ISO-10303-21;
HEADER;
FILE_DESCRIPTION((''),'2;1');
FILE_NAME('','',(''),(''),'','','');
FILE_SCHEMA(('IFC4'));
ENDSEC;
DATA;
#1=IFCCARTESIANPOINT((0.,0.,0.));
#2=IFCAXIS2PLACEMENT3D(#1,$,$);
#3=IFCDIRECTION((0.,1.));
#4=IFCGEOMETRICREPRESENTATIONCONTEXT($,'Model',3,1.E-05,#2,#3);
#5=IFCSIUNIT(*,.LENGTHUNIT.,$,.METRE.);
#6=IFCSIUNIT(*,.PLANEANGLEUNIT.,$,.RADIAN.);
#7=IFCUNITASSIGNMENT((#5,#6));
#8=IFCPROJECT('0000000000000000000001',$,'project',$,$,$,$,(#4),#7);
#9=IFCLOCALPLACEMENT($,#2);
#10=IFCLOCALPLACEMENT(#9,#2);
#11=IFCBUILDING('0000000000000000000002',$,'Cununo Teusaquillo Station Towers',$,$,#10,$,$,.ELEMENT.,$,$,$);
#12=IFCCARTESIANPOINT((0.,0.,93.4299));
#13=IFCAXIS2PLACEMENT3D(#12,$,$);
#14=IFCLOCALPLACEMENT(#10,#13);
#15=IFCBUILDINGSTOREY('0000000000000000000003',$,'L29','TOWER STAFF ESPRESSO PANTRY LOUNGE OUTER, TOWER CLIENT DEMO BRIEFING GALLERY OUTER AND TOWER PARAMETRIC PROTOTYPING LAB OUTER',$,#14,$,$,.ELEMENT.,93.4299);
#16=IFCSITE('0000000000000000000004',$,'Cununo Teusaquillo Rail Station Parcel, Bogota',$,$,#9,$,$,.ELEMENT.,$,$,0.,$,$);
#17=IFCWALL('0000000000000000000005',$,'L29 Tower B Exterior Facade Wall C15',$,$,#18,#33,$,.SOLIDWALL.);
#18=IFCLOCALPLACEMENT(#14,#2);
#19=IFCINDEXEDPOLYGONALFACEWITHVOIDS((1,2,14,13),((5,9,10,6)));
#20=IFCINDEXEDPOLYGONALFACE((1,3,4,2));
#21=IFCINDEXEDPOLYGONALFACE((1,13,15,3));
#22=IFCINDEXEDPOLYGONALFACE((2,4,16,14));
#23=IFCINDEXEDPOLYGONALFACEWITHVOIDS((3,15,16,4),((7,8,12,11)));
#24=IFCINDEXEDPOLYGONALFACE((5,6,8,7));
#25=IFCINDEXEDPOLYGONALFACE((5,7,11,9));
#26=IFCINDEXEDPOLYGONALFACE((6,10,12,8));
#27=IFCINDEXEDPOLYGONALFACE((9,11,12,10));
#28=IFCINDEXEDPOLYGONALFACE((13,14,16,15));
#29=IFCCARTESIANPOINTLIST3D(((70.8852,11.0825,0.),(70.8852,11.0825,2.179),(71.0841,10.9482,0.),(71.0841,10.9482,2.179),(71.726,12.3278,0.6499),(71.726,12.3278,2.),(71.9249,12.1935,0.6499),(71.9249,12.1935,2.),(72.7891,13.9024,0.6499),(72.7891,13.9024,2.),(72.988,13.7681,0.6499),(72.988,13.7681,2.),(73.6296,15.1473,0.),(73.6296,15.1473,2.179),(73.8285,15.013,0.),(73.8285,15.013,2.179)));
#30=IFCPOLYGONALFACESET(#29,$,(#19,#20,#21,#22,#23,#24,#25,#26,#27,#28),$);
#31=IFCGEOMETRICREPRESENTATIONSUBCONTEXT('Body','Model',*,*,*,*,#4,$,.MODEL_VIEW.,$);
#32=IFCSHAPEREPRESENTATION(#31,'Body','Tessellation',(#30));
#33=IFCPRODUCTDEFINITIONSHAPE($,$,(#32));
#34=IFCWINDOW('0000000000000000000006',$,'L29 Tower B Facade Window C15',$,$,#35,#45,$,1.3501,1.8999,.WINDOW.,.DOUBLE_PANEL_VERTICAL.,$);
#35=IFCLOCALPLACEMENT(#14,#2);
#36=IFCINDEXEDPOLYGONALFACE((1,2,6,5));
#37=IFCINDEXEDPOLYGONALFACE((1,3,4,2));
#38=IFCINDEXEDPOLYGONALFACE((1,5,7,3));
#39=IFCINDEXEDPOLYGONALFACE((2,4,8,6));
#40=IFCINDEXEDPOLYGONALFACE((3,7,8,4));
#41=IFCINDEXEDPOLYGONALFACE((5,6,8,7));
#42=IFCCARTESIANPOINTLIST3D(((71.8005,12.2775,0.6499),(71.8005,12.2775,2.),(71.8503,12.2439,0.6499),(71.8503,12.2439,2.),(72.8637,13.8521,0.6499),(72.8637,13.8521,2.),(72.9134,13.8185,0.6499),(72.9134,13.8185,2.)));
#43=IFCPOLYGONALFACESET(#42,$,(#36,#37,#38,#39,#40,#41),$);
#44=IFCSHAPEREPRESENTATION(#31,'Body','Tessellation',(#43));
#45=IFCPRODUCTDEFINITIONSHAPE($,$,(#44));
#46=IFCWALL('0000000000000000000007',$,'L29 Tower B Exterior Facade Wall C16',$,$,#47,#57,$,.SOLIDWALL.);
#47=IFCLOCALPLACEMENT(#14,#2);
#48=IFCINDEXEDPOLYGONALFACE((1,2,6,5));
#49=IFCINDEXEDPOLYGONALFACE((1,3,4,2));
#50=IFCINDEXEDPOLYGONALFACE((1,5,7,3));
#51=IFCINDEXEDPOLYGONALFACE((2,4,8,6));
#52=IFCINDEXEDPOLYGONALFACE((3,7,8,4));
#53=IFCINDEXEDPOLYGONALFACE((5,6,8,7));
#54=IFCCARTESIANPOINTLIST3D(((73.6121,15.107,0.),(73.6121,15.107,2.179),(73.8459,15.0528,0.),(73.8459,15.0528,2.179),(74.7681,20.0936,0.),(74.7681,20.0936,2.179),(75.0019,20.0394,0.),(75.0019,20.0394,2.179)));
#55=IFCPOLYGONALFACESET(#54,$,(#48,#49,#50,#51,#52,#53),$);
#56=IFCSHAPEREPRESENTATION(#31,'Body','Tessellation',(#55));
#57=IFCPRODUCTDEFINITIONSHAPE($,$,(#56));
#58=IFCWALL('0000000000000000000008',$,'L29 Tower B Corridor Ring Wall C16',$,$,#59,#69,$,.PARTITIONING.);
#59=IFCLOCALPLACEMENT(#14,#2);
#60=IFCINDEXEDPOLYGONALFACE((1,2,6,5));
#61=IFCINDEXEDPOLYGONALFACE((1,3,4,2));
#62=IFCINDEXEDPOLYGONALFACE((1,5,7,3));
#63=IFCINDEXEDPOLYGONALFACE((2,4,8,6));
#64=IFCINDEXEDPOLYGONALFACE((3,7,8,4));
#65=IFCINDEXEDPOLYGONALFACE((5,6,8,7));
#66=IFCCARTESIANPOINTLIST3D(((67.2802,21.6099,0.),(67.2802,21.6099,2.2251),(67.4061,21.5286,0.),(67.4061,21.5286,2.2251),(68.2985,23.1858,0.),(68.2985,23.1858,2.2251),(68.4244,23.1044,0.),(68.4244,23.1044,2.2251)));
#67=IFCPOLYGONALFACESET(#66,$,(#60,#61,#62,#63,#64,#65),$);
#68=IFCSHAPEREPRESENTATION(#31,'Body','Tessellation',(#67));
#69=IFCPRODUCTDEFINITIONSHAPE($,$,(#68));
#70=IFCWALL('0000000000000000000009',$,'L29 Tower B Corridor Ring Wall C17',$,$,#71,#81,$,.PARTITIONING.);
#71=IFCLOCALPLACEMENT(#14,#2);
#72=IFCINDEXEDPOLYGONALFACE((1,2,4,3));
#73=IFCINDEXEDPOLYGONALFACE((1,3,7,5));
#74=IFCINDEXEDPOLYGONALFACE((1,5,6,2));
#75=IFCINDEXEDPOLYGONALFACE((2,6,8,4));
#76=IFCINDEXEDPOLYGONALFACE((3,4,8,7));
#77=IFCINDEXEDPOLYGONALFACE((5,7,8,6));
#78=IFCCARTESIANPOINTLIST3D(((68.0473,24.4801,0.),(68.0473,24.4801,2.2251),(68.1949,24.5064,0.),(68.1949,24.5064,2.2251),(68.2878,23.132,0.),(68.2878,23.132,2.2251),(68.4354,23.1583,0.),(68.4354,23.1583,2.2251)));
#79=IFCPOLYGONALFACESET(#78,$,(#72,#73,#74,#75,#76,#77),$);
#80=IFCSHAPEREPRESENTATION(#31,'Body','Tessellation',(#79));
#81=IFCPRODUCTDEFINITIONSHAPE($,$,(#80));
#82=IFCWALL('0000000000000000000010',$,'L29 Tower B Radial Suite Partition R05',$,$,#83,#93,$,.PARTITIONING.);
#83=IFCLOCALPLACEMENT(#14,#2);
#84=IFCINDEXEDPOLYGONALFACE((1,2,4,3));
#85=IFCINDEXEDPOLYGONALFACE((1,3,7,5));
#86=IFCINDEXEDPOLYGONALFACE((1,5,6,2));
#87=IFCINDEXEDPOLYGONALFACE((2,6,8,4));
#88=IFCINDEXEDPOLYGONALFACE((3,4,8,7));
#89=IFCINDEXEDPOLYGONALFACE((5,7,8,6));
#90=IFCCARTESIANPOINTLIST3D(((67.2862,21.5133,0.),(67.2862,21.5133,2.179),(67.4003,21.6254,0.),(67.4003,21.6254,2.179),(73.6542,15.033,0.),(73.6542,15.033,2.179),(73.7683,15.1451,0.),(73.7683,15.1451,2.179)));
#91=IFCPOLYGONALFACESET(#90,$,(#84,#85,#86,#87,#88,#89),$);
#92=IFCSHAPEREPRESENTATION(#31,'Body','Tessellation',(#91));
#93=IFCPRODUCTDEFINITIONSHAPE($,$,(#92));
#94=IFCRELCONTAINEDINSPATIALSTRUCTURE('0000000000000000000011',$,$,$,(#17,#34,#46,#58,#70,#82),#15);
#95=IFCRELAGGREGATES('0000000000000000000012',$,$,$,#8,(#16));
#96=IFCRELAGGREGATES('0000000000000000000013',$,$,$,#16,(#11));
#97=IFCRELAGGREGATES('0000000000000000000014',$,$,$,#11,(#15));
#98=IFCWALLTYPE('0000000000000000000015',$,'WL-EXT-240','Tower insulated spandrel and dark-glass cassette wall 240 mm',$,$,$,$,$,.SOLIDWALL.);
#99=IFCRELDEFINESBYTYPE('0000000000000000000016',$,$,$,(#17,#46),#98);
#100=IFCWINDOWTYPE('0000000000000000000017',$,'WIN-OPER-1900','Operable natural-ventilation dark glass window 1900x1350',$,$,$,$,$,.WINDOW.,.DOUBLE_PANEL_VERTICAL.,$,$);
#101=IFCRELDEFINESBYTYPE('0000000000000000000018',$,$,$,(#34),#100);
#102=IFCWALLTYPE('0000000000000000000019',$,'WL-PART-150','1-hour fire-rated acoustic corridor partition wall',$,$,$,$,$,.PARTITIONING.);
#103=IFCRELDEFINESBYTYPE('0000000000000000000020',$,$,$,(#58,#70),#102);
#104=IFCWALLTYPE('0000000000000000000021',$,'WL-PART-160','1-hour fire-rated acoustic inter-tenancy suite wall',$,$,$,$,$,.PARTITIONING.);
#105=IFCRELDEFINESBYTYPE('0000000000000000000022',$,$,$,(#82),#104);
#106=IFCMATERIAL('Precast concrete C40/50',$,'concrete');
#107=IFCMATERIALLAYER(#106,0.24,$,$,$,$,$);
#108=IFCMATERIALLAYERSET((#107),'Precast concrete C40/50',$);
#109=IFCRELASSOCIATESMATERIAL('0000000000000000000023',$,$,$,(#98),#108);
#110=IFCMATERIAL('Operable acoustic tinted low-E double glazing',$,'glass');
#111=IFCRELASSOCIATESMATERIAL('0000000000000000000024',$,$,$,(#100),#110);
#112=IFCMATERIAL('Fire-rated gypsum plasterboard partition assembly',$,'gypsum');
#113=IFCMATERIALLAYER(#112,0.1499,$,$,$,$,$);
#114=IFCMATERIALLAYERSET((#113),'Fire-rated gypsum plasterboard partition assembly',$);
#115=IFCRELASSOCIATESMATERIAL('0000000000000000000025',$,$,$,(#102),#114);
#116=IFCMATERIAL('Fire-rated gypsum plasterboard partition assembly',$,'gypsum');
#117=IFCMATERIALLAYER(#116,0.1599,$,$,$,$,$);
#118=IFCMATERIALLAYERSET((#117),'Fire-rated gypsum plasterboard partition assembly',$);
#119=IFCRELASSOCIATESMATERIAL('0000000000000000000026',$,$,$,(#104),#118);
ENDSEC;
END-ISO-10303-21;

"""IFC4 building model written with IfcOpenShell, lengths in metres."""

from ifc_helpers import new_model, si_unit, direction, frame, frame_2d, origin, place, context, subcontext, project, spatial, rectangle, extrude, source, transform, mapped, material, layer, layer_set, type_object, element, fill, save


model = new_model("IFC4")

# Units and contexts
model_context = context("Model", 3, precision=1e-05, world=origin(), true_north=direction((0.0, 1.0)))
body_context = subcontext(model_context, "Body", "Model", "MODEL_VIEW")
ifc_project = project(units=[si_unit("LENGTHUNIT", "METRE"), si_unit("PLANEANGLEUNIT", "RADIAN")], contexts=[model_context])

# Site, building, storey
site_placement = place(None, origin())
site = spatial("IfcSite", under=ifc_project, at=site_placement, Name="Cununo Teusaquillo Rail Station Parcel, Bogota", CompositionType="ELEMENT", RefElevation=0.0)
building_placement = place(site_placement, origin())
building = spatial("IfcBuilding", under=site, at=building_placement, Name="Cununo Teusaquillo Station Towers", CompositionType="ELEMENT")
storey_placement = place(building_placement, frame((0.0, 0.0, 93.4299)))
storey = spatial("IfcBuildingStorey", under=building, at=storey_placement, Name="L29", Description="TOWER STAFF ESPRESSO PANTRY LOUNGE OUTER, TOWER CLIENT DEMO BRIEFING GALLERY OUTER AND TOWER PARAMETRIC PROTOTYPING LAB OUTER", CompositionType="ELEMENT", Elevation=93.4299)

# Shared definitions
ifc_material_1 = material(Name="Precast concrete C40/50", Category="concrete")
ifc_layer_1 = layer(ifc_material_1, 0.24)
ifc_layer_set_1 = layer_set([ifc_layer_1], Name="Precast concrete C40/50")
wall_type_1 = type_object("IfcWallType", Name="WL-EXT-240", Description="Tower insulated spandrel and dark-glass cassette wall 240 mm", PredefinedType="SOLIDWALL", material=ifc_layer_set_1)

# Wall, opening, window
wall_1_placement = place(storey_placement, frame((73.729, 15.0801, 0.0), z_axis=(0.0, 0.0, 1.0), x_axis=(-0.559573, -0.828781, 0.0)))
wall_1 = element("IfcWall", 1, at=wall_1_placement, inside=storey, type_object=wall_type_1, Name="L29 Tower B Exterior Facade Wall C15", PredefinedType="SOLIDWALL", context=body_context, shape_type="SweptSolid", body=[
    extrude(rectangle(XDim=4.9045, YDim=0.24, at=frame_2d((2.4521, 0.0))), origin(), (0.0, 0.0, 1.0), 2.179),
])
shared_shape_1 = source(origin(), body_context, "Body", "SweptSolid", [
    extrude(rectangle(XDim=1.8999, YDim=1.3501, at=frame_2d((0.95, 0.675))), frame((0.0, 0.1299, 0.0), z_axis=(0.0, -1.0, 0.0), x_axis=(1.0, 0.0, 0.0)), (0.0, 0.0, 1.0), 0.26),
])
opening_1_placement = place(wall_1_placement, frame((1.502, 0.0, 0.6499)))
opening_1 = element("IfcOpeningElement", 2, at=opening_1_placement, cuts=wall_1, PredefinedType="OPENING", context=body_context, shape_type="MappedRepresentation", body=[
    mapped(shared_shape_1, transform((0.0, 0.0, 0.0), x_axis=(1.0, 0.0, 0.0), y_axis=(0.0, 1.0, 0.0), z_axis=(0.0, 0.0, 1.0), scale=1.0)),
])
ifc_material_2 = material(Name="Operable acoustic tinted low-E double glazing", Category="glass")
window_type_1 = type_object("IfcWindowType", Name="WIN-OPER-1900", Description="Operable natural-ventilation dark glass window 1900x1350", PartitioningType="DOUBLE_PANEL_VERTICAL", PredefinedType="WINDOW", material=ifc_material_2)
shared_shape_2 = source(origin(), body_context, "Body", "SweptSolid", [
    extrude(rectangle(XDim=1.8999, YDim=1.3501, at=frame_2d((0.95, 0.675))), frame((0.0, 0.03, 0.0), z_axis=(0.0, -1.0, 0.0), x_axis=(1.0, 0.0, 0.0)), (0.0, 0.0, 1.0), 0.0601),
])
window_1_placement = place(opening_1_placement, origin())
window_1 = element("IfcWindow", 3, at=window_1_placement, inside=storey, type_object=window_type_1, Name="L29 Tower B Facade Window C15", OverallHeight=1.3501, OverallWidth=1.8999, PartitioningType="DOUBLE_PANEL_VERTICAL", PredefinedType="WINDOW", context=body_context, shape_type="MappedRepresentation", body=[
    mapped(shared_shape_2, transform((0.0, 0.0, 0.0), x_axis=(1.0, 0.0, 0.0), y_axis=(0.0, 1.0, 0.0), z_axis=(0.0, 0.0, 1.0), scale=1.0)),
])
fill(opening_1, window_1)

# Walls
wall_2_placement = place(storey_placement, frame((74.885, 20.0667, 0.0), z_axis=(0.0, 0.0, 1.0), x_axis=(-0.225835, -0.974166, 0.0)))
element("IfcWall", 4, at=wall_2_placement, inside=storey, type_object=wall_type_1, Name="L29 Tower B Exterior Facade Wall C16", PredefinedType="SOLIDWALL", context=body_context, shape_type="SweptSolid", body=[
    extrude(rectangle(XDim=5.1189, YDim=0.24, at=frame_2d((2.5596, 0.0))), origin(), (0.0, 0.0, 1.0), 2.179),
])
ifc_material_3 = material(Name="Fire-rated gypsum plasterboard partition assembly", Category="gypsum")
ifc_layer_2 = layer(ifc_material_3, 0.1499)
ifc_layer_set_2 = layer_set([ifc_layer_2], Name="Fire-rated gypsum plasterboard partition assembly")
wall_type_2 = type_object("IfcWallType", Name="WL-PART-150", Description="1-hour fire-rated acoustic corridor partition wall", PredefinedType="PARTITIONING", material=ifc_layer_set_2)
wall_3_placement = place(storey_placement, frame((67.3433, 21.5693, 0.0), z_axis=(0.0, 0.0, 1.0), x_axis=(0.542722, 0.839912, 0.0)))
element("IfcWall", 5, at=wall_3_placement, inside=storey, type_object=wall_type_2, Name="L29 Tower B Corridor Ring Wall C16", PredefinedType="PARTITIONING", context=body_context, shape_type="SweptSolid", body=[
    extrude(rectangle(XDim=1.8762, YDim=0.1499, at=frame_2d((0.938, 0.0))), origin(), (0.0, 0.0, 1.0), 2.2251),
])
wall_4_placement = place(storey_placement, frame((68.3616, 23.1453, 0.0), z_axis=(0.0, 0.0, 1.0), x_axis=(-0.175606, 0.984461, 0.0)))
element("IfcWall", 6, at=wall_4_placement, inside=storey, type_object=wall_type_2, Name="L29 Tower B Corridor Ring Wall C17", PredefinedType="PARTITIONING", context=body_context, shape_type="SweptSolid", body=[
    extrude(rectangle(XDim=1.3694, YDim=0.1499, at=frame_2d((0.6846, 0.0))), origin(), (0.0, 0.0, 1.0), 2.2251),
])
ifc_material_4 = material(Name="Fire-rated gypsum plasterboard partition assembly", Category="gypsum")
ifc_layer_3 = layer(ifc_material_4, 0.1599)
ifc_layer_set_3 = layer_set([ifc_layer_3], Name="Fire-rated gypsum plasterboard partition assembly")
wall_type_3 = type_object("IfcWallType", Name="WL-PART-160", Description="1-hour fire-rated acoustic inter-tenancy suite wall", PredefinedType="PARTITIONING", material=ifc_layer_set_3)
wall_5_placement = place(storey_placement, frame((67.3433, 21.5693, 0.0), z_axis=(0.0, 0.0, 1.0), x_axis=(0.700899, -0.71326, 0.0)))
element("IfcWall", 7, at=wall_5_placement, inside=storey, type_object=wall_type_3, Name="L29 Tower B Radial Suite Partition R05", PredefinedType="PARTITIONING", context=body_context, shape_type="SweptSolid", body=[
    extrude(rectangle(XDim=9.0854, YDim=0.1599, at=frame_2d((4.5427, 0.0))), origin(), (0.0, 0.0, 1.0), 2.179),
])

save(model, "model.ifc")
